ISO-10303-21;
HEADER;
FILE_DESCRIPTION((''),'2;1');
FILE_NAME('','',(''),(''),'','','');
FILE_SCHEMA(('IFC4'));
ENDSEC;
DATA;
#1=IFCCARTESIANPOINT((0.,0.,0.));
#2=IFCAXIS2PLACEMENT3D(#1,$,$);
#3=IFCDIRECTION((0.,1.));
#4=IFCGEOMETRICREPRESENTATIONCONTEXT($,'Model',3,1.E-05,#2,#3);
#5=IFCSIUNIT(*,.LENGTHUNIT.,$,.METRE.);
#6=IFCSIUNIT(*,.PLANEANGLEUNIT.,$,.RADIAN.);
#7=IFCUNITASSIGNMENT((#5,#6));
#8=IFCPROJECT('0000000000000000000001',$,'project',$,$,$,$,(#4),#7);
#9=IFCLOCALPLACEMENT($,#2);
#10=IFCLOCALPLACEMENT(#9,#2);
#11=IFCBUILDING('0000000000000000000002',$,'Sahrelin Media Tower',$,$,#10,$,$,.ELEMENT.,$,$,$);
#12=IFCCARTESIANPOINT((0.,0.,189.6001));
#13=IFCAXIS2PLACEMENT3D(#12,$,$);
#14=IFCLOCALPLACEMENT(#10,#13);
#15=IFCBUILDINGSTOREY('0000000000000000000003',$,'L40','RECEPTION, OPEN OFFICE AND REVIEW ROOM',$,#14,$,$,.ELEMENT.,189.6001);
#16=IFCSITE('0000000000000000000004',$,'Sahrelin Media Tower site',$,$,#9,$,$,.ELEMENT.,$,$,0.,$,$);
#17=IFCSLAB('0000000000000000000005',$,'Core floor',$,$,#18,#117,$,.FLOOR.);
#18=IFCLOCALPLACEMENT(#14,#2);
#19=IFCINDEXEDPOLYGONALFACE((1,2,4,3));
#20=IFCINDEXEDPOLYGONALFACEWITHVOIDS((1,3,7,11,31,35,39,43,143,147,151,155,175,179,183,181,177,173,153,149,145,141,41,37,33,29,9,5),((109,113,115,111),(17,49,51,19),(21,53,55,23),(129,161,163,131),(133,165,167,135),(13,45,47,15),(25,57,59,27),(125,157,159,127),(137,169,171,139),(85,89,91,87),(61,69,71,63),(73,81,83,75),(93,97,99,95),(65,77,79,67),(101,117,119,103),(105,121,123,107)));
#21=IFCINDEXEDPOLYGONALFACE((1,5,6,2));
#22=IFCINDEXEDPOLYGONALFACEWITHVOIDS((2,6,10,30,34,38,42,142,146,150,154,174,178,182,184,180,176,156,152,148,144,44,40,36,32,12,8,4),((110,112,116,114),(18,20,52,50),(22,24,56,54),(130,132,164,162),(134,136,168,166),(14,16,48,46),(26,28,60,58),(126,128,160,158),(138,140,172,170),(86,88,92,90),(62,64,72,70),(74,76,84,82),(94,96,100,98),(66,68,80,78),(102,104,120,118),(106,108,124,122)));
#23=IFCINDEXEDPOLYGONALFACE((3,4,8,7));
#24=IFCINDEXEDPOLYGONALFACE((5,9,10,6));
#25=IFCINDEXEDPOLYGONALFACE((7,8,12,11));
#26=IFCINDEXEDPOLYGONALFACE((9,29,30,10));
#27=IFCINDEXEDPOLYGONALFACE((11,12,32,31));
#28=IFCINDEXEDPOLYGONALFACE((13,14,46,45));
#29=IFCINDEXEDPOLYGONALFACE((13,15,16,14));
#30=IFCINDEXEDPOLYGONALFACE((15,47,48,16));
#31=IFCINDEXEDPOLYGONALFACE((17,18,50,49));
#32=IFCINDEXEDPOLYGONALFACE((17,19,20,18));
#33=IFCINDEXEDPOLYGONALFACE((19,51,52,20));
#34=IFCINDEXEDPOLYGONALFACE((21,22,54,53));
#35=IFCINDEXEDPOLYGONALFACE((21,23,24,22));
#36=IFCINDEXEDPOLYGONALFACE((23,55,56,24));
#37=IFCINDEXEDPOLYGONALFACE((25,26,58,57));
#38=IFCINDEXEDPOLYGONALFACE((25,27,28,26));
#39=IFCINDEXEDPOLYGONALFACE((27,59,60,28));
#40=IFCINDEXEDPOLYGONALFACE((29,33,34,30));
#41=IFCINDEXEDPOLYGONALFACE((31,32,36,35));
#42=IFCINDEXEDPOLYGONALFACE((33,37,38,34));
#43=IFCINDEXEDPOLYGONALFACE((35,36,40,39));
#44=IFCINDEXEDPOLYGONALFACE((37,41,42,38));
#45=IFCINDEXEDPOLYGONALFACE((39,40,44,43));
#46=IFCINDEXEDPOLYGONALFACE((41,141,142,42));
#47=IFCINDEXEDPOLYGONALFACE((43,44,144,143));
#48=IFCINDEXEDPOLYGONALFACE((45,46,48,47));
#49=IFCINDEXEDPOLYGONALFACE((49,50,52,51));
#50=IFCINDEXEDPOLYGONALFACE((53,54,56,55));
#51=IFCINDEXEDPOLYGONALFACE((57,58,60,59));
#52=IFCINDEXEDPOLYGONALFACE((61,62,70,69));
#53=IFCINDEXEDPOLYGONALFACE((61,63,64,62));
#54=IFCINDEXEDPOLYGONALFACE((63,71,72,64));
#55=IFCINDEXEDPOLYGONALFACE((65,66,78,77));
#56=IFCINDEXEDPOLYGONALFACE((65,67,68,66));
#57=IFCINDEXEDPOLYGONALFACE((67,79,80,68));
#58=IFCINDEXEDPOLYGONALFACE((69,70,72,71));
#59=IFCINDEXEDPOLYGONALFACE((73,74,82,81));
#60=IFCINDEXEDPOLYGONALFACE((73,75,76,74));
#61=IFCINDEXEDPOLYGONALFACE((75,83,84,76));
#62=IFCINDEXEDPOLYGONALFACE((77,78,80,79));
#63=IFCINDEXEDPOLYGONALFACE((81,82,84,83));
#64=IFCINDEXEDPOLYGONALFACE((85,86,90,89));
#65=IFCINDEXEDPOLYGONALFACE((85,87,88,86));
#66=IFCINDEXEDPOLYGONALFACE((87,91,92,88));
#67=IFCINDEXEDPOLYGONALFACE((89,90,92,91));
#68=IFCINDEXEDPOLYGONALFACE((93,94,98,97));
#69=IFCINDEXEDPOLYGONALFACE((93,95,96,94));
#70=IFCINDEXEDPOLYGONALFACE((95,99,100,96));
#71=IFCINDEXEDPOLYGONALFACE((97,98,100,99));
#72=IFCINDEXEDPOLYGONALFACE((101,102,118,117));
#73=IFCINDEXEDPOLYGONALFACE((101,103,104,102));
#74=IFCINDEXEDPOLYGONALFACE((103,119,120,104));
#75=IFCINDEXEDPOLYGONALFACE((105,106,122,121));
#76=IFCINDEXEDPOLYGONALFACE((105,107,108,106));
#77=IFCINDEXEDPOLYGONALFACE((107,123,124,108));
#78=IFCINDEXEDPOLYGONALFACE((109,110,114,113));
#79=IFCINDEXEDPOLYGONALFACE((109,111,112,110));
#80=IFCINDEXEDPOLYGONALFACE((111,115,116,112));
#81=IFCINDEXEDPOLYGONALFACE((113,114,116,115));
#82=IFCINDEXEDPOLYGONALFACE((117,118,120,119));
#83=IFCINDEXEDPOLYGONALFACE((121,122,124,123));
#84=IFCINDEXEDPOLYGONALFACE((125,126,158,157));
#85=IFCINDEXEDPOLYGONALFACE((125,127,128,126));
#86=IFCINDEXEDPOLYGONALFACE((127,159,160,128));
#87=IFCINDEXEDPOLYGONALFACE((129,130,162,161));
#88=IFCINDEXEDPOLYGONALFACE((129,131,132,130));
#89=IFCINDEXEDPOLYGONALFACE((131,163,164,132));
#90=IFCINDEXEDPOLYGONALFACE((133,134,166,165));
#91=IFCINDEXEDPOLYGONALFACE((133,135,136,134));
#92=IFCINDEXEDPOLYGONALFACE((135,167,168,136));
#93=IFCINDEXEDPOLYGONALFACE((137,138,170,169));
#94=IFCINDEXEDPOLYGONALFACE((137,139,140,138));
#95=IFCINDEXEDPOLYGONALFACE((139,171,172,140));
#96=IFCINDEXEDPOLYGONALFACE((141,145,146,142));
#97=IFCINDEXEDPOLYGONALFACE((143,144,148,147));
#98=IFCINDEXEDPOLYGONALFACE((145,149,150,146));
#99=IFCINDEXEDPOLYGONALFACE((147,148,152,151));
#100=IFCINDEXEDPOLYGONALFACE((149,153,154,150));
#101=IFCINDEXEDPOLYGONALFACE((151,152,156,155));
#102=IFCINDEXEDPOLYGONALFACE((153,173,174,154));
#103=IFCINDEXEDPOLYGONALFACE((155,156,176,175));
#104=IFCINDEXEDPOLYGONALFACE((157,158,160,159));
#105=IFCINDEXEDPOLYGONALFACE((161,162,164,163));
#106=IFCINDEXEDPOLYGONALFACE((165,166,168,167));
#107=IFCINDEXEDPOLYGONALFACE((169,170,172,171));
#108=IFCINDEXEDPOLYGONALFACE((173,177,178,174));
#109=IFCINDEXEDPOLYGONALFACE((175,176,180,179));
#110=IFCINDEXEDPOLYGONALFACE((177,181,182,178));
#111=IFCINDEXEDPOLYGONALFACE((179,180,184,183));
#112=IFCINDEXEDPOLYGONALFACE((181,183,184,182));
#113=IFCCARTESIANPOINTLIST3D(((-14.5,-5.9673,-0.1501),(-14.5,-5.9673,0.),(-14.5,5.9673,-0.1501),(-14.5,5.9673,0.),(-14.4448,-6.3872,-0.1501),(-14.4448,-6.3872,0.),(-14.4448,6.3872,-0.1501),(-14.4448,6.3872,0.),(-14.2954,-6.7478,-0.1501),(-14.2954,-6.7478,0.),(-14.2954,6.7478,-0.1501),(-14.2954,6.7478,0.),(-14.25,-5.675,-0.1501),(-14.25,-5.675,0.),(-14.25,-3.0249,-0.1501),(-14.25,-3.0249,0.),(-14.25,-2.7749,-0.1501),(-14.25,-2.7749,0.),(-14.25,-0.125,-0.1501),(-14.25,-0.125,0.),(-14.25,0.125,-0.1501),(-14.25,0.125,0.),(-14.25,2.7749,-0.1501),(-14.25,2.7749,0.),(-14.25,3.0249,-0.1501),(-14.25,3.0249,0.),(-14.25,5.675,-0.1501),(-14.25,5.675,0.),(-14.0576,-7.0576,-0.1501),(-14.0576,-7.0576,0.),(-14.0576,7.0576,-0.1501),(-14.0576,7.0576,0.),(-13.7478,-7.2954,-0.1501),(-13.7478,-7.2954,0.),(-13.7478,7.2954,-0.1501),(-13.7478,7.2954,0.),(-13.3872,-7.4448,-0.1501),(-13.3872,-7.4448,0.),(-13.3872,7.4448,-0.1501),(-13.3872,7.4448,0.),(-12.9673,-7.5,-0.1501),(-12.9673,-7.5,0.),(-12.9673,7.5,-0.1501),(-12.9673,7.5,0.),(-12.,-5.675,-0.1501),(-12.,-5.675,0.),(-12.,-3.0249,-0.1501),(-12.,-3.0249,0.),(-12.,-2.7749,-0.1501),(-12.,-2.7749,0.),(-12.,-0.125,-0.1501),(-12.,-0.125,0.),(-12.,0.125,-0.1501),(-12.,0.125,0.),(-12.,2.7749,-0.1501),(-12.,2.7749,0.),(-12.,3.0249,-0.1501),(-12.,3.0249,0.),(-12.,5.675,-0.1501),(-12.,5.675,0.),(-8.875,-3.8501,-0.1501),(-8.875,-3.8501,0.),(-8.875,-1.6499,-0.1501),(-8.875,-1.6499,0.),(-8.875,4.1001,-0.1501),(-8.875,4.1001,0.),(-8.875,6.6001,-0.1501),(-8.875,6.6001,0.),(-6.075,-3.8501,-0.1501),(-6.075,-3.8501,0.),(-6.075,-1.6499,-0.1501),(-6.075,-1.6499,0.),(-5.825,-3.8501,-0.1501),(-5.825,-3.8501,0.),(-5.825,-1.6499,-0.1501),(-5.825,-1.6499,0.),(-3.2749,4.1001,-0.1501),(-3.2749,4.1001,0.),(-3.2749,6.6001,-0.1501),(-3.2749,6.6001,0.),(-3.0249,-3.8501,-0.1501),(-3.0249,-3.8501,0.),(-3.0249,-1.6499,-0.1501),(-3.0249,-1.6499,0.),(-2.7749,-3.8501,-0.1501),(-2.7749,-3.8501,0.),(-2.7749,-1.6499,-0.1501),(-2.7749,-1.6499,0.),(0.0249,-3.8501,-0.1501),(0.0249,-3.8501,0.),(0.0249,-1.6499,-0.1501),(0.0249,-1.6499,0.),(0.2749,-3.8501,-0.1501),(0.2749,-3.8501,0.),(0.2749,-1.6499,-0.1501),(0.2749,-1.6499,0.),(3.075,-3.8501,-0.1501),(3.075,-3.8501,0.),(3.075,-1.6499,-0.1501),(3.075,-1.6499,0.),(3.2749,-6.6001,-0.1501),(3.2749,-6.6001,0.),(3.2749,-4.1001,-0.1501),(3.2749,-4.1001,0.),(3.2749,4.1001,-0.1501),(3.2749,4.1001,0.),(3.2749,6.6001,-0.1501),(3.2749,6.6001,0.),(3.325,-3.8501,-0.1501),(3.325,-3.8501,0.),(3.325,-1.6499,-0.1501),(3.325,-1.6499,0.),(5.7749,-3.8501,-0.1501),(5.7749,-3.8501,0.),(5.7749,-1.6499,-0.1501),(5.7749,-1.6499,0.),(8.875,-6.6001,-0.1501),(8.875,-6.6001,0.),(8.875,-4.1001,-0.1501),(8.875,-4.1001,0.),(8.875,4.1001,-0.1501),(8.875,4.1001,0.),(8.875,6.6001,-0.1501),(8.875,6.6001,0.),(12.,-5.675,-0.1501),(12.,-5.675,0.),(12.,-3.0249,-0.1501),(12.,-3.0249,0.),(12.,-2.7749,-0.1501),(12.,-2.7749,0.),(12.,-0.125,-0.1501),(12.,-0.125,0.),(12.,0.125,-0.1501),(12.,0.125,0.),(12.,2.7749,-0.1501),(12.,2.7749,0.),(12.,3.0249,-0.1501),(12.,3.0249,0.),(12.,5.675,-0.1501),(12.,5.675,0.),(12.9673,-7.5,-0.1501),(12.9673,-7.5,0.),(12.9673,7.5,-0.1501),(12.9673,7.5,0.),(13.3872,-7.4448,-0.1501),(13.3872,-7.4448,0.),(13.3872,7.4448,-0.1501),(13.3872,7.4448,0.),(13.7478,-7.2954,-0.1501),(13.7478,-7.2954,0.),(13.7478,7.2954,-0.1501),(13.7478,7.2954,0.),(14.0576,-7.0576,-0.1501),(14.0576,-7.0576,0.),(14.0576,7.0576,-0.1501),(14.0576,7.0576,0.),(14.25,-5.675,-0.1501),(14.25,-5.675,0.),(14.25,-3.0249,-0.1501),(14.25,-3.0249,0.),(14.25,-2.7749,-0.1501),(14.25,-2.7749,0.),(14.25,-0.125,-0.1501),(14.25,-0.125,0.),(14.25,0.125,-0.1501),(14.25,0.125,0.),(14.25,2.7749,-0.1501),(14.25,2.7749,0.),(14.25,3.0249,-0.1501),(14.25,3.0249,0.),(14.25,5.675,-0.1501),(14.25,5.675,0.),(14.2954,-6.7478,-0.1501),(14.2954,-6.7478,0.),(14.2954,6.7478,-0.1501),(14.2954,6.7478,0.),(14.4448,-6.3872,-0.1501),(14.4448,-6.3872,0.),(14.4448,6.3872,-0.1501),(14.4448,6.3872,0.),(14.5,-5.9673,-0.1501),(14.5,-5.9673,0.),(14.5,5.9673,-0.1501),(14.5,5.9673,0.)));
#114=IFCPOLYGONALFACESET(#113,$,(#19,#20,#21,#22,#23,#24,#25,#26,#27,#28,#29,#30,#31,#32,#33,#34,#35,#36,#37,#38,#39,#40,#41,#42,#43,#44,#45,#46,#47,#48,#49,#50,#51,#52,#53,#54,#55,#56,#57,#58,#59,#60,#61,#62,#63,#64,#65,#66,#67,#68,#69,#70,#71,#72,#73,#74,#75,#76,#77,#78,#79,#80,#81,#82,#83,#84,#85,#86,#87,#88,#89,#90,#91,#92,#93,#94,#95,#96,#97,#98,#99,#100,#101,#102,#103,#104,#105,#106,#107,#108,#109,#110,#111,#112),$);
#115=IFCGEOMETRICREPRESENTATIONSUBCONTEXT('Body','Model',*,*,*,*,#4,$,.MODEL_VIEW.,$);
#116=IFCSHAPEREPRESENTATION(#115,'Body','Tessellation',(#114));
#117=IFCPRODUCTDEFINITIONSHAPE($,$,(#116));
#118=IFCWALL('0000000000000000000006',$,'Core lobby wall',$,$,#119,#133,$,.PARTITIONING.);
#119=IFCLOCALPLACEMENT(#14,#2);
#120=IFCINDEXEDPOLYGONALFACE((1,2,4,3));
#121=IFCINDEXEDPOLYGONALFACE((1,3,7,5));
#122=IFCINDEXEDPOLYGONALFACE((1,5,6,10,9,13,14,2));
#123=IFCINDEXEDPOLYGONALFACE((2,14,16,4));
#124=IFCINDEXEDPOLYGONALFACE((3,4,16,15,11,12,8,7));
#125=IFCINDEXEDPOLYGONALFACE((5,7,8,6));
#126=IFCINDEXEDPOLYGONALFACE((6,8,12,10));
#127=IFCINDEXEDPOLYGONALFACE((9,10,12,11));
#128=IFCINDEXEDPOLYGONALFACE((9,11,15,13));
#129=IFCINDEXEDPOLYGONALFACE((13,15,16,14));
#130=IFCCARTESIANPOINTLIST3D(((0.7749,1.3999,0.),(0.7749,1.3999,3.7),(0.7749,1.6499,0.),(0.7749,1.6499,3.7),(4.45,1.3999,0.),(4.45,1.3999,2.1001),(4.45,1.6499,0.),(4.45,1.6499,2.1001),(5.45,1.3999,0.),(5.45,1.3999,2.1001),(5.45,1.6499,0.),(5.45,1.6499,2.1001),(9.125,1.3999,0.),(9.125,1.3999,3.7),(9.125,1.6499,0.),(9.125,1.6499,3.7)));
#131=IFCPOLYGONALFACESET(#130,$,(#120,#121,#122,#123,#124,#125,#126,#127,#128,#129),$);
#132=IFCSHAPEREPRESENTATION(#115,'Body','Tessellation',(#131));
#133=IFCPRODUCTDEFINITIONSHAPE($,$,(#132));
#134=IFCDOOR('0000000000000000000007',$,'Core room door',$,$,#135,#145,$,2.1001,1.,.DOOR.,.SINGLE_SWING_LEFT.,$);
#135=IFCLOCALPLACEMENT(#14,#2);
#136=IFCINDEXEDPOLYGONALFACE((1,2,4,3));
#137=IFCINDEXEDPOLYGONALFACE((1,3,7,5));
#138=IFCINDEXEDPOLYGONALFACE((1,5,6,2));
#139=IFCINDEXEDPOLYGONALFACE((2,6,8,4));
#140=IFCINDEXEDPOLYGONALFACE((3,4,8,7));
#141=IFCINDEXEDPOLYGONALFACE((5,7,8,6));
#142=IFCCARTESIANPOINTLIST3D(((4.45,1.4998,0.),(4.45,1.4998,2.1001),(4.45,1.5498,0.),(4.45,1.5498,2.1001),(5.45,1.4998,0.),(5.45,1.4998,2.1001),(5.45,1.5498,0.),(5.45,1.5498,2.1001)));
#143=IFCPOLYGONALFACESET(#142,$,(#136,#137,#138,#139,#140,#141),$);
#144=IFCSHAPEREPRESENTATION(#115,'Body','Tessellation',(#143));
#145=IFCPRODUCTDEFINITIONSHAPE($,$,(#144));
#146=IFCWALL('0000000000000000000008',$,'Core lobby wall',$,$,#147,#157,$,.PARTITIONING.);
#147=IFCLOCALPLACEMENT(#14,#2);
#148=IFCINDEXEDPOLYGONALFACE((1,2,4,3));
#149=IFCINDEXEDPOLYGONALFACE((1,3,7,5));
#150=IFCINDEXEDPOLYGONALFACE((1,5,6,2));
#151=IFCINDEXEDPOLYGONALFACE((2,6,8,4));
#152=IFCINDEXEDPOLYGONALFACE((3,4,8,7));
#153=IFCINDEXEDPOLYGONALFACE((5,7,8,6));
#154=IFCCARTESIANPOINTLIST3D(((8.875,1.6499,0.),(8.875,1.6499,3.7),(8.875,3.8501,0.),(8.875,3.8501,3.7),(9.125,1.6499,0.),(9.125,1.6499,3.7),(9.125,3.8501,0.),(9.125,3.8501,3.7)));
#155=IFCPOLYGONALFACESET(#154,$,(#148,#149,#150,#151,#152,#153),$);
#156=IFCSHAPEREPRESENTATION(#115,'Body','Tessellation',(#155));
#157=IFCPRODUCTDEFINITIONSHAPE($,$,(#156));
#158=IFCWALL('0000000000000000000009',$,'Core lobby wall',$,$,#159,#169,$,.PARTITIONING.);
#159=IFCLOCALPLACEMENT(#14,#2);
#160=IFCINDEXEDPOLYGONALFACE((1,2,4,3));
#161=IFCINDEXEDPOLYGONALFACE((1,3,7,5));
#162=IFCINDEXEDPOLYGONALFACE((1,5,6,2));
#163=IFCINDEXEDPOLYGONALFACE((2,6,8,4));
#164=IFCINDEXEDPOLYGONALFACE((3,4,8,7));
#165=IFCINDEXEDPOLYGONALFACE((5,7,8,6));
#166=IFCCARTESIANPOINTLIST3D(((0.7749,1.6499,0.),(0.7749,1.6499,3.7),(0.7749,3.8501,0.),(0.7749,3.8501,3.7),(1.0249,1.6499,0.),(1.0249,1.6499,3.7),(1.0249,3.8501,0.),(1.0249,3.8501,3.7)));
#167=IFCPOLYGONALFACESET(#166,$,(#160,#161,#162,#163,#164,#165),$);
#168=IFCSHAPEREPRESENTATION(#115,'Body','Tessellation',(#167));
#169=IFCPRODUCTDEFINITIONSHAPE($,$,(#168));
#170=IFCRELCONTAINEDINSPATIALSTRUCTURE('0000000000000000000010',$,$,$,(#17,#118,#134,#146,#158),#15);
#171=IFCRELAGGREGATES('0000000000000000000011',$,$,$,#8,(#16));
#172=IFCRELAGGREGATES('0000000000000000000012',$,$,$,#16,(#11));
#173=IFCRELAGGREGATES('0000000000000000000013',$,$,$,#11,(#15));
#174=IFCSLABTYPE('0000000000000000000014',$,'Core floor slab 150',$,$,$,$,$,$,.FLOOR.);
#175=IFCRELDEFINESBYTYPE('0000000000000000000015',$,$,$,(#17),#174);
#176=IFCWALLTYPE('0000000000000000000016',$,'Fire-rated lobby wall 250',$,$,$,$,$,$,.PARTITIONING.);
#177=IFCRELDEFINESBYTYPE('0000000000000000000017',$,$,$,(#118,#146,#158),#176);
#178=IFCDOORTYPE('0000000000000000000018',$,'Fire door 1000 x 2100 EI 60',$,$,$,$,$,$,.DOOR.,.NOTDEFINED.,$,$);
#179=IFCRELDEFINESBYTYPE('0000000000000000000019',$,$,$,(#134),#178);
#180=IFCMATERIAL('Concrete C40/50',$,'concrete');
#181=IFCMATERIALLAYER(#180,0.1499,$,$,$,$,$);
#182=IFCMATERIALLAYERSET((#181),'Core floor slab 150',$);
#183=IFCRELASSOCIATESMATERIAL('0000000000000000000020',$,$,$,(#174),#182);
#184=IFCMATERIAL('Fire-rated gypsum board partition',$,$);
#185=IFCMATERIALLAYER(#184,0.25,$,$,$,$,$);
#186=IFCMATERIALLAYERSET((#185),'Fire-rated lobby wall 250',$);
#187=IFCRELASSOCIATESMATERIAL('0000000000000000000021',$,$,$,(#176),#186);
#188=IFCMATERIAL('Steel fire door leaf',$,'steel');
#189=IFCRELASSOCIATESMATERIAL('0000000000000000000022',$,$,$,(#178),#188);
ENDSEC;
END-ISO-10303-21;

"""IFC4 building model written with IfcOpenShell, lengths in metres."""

from ifc_helpers import new_model, si_unit, direction, frame, frame_2d, origin, place, context, subcontext, project, spatial, polyline, rectangle, outline, extrude, material, layer, layer_set, type_object, element, fill, save


model = new_model("IFC4")

# Units and contexts
model_context = context("Model", 3, precision=1e-05, world=origin(), true_north=direction((0.0, 1.0)))
body_context = subcontext(model_context, "Body", "Model", "MODEL_VIEW")
ifc_project = project(units=[si_unit("LENGTHUNIT", "METRE"), si_unit("PLANEANGLEUNIT", "RADIAN")], contexts=[model_context])

# Site, building, storey
site_placement = place(None, origin())
site = spatial("IfcSite", under=ifc_project, at=site_placement, Name="Sahrelin Media Tower site", CompositionType="ELEMENT", RefElevation=0.0)
building_placement = place(site_placement, origin())
building = spatial("IfcBuilding", under=site, at=building_placement, Name="Sahrelin Media Tower", CompositionType="ELEMENT")
storey_placement = place(building_placement, frame((0.0, 0.0, 189.6001)))
storey = spatial("IfcBuildingStorey", under=building, at=storey_placement, Name="L40", Description="RECEPTION, OPEN OFFICE AND REVIEW ROOM", CompositionType="ELEMENT", Elevation=189.6001)

# Slab
ifc_material_1 = material(Name="Concrete C40/50", Category="concrete")
ifc_layer_1 = layer(ifc_material_1, 0.1499)
ifc_layer_set_1 = layer_set([ifc_layer_1], Name="Core floor slab 150")
slab_type = type_object("IfcSlabType", Name="Core floor slab 150", PredefinedType="FLOOR", material=ifc_layer_set_1)
slab_placement = place(storey_placement, frame((0.0, 0.0, -0.1501)))
element("IfcSlab", 1, at=slab_placement, inside=storey, type_object=slab_type, Name="Core floor", PredefinedType="FLOOR", context=body_context, shape_type="SweptSolid", body=[
    extrude(outline(polyline([(-14.4448, 6.3872), (-14.5, 5.9673), (-14.5, -5.9673), (-14.4448, -6.3872), (-14.2954, -6.7478), (-14.0576, -7.0576), (-13.7478, -7.2954), (-13.3872, -7.4448), (-12.9673, -7.5), (12.9673, -7.5), (13.3872, -7.4448), (13.7478, -7.2954), (14.0576, -7.0576), (14.2954, -6.7478), (14.4448, -6.3872), (14.5, -5.9673), (14.5, 5.9673), (14.4448, 6.3872), (14.2954, 6.7478), (14.0576, 7.0576), (13.7478, 7.2954), (13.3872, 7.4448), (12.9673, 7.5), (-12.9673, 7.5), (-13.3872, 7.4448), (-13.7478, 7.2954), (-14.0576, 7.0576), (-14.2954, 6.7478), (-14.4448, 6.3872)]), holes=[polyline([(-12.0, 3.0249), (-12.0, 5.675), (-14.25, 5.675), (-14.25, 3.0249), (-12.0, 3.0249)]), polyline([(-14.25, 0.125), (-12.0, 0.125), (-12.0, 2.7749), (-14.25, 2.7749), (-14.25, 0.125)]), polyline([(-14.25, -0.125), (-14.25, -2.7749), (-12.0, -2.7749), (-12.0, -0.125), (-14.25, -0.125)]), polyline([(-12.0, -3.0249), (-14.25, -3.0249), (-14.25, -5.675), (-12.0, -5.675), (-12.0, -3.0249)]), polyline([(14.25, 3.0249), (14.25, 5.675), (12.0, 5.675), (12.0, 3.0249), (14.25, 3.0249)]), polyline([(12.0, 0.125), (14.25, 0.125), (14.25, 2.7749), (12.0, 2.7749), (12.0, 0.125)]), polyline([(12.0, -0.125), (12.0, -2.7749), (14.25, -2.7749), (14.25, -0.125), (12.0, -0.125)]), polyline([(14.25, -3.0249), (12.0, -3.0249), (12.0, -5.675), (14.25, -5.675), (14.25, -3.0249)]), polyline([(-6.075, -3.8501), (-6.075, -1.6499), (-8.875, -1.6499), (-8.875, -3.8501), (-6.075, -3.8501)]), polyline([(-5.825, -3.8501), (-3.0249, -3.8501), (-3.0249, -1.6499), (-5.825, -1.6499), (-5.825, -3.8501)]), polyline([(-2.7749, -1.6499), (-2.7749, -3.8501), (0.0249, -3.8501), (0.0249, -1.6499), (-2.7749, -1.6499)]), polyline([(3.075, -1.6499), (0.2749, -1.6499), (0.2749, -3.8501), (3.075, -3.8501), (3.075, -1.6499)]), polyline([(5.7749, -3.8501), (5.7749, -1.6499), (3.325, -1.6499), (3.325, -3.8501), (5.7749, -3.8501)]), polyline([(-8.875, 6.6001), (-8.875, 4.1001), (-3.2749, 4.1001), (-3.2749, 6.6001), (-8.875, 6.6001)]), polyline([(3.2749, 4.1001), (8.875, 4.1001), (8.875, 6.6001), (3.2749, 6.6001), (3.2749, 4.1001)]), polyline([(3.2749, -4.1001), (3.2749, -6.6001), (8.875, -6.6001), (8.875, -4.1001), (3.2749, -4.1001)])]), origin(), (0.0, 0.0, 1.0), 0.1501),
])

# Wall, opening, door
ifc_material_2 = material(Name="Fire-rated gypsum board partition")
ifc_layer_2 = layer(ifc_material_2, 0.25)
ifc_layer_set_2 = layer_set([ifc_layer_2], Name="Fire-rated lobby wall 250")
wall_type_1 = type_object("IfcWallType", Name="Fire-rated lobby wall 250", PredefinedType="PARTITIONING", material=ifc_layer_set_2)
wall_1_placement = place(storey_placement, frame((0.7749, 1.5249, 0.0), z_axis=(0.0, 0.0, 1.0), x_axis=(1.0, 0.0, 0.0)))
wall_1 = element("IfcWall", 2, at=wall_1_placement, inside=storey, type_object=wall_type_1, Name="Core lobby wall", PredefinedType="PARTITIONING", context=body_context, shape_type="SweptSolid", body=[
    extrude(rectangle(XDim=8.3501, YDim=0.25, at=frame_2d((4.175, 0.0))), origin(), (0.0, 0.0, 1.0), 3.7),
])
opening_1_placement = place(wall_1_placement, frame((3.675, 0.0, 0.0)))
opening_1 = element("IfcOpeningElement", 3, at=opening_1_placement, cuts=wall_1, PredefinedType="OPENING", context=body_context, shape_type="SweptSolid", body=[
    extrude(rectangle(XDim=1.0, YDim=2.1001, at=frame_2d((0.5, 1.05))), frame((0.0, 0.125, 0.0), z_axis=(0.0, -1.0, 0.0), x_axis=(1.0, 0.0, 0.0)), (0.0, 0.0, 1.0), 0.25),
])
ifc_material_3 = material(Name="Steel fire door leaf", Category="steel")
door_type_1 = type_object("IfcDoorType", Name="Fire door 1000 x 2100 EI 60", OperationType="NOTDEFINED", PredefinedType="DOOR", material=ifc_material_3)
door_1_placement = place(opening_1_placement, origin())
door_1 = element("IfcDoor", 4, at=door_1_placement, inside=storey, type_object=door_type_1, Name="Core room door", OperationType="SINGLE_SWING_LEFT", OverallHeight=2.1001, OverallWidth=1.0, PredefinedType="DOOR", context=body_context, shape_type="SweptSolid", body=[
    extrude(rectangle(XDim=1.0, YDim=2.1001, at=frame_2d((0.5, 1.05))), frame((0.0, 0.0249, 0.0), z_axis=(0.0, -1.0, 0.0), x_axis=(1.0, 0.0, 0.0)), (0.0, 0.0, 1.0), 0.05),
])
fill(opening_1, door_1)

# Walls
for number, where, z_axis, x_axis, name in (
    (5, (9.0, 1.6499, 0.0), (0.0, 0.0, 1.0), (0.0, 1.0, 0.0), "Core lobby wall"),
    (6, (0.8999, 1.6499, 0.0), (0.0, 0.0, 1.0), (0.0, 1.0, 0.0), "Core lobby wall"),
):
    element("IfcWall", number, at=place(storey_placement, frame(where, z_axis=z_axis, x_axis=x_axis)), inside=storey, type_object=wall_type_1, Name=name, PredefinedType="PARTITIONING", context=body_context, shape_type="SweptSolid", body=[
        extrude(rectangle(XDim=2.2002, YDim=0.25, at=frame_2d((1.1001, 0.0))), origin(), (0.0, 0.0, 1.0), 3.7),
    ])

save(model, "model.ifc")
